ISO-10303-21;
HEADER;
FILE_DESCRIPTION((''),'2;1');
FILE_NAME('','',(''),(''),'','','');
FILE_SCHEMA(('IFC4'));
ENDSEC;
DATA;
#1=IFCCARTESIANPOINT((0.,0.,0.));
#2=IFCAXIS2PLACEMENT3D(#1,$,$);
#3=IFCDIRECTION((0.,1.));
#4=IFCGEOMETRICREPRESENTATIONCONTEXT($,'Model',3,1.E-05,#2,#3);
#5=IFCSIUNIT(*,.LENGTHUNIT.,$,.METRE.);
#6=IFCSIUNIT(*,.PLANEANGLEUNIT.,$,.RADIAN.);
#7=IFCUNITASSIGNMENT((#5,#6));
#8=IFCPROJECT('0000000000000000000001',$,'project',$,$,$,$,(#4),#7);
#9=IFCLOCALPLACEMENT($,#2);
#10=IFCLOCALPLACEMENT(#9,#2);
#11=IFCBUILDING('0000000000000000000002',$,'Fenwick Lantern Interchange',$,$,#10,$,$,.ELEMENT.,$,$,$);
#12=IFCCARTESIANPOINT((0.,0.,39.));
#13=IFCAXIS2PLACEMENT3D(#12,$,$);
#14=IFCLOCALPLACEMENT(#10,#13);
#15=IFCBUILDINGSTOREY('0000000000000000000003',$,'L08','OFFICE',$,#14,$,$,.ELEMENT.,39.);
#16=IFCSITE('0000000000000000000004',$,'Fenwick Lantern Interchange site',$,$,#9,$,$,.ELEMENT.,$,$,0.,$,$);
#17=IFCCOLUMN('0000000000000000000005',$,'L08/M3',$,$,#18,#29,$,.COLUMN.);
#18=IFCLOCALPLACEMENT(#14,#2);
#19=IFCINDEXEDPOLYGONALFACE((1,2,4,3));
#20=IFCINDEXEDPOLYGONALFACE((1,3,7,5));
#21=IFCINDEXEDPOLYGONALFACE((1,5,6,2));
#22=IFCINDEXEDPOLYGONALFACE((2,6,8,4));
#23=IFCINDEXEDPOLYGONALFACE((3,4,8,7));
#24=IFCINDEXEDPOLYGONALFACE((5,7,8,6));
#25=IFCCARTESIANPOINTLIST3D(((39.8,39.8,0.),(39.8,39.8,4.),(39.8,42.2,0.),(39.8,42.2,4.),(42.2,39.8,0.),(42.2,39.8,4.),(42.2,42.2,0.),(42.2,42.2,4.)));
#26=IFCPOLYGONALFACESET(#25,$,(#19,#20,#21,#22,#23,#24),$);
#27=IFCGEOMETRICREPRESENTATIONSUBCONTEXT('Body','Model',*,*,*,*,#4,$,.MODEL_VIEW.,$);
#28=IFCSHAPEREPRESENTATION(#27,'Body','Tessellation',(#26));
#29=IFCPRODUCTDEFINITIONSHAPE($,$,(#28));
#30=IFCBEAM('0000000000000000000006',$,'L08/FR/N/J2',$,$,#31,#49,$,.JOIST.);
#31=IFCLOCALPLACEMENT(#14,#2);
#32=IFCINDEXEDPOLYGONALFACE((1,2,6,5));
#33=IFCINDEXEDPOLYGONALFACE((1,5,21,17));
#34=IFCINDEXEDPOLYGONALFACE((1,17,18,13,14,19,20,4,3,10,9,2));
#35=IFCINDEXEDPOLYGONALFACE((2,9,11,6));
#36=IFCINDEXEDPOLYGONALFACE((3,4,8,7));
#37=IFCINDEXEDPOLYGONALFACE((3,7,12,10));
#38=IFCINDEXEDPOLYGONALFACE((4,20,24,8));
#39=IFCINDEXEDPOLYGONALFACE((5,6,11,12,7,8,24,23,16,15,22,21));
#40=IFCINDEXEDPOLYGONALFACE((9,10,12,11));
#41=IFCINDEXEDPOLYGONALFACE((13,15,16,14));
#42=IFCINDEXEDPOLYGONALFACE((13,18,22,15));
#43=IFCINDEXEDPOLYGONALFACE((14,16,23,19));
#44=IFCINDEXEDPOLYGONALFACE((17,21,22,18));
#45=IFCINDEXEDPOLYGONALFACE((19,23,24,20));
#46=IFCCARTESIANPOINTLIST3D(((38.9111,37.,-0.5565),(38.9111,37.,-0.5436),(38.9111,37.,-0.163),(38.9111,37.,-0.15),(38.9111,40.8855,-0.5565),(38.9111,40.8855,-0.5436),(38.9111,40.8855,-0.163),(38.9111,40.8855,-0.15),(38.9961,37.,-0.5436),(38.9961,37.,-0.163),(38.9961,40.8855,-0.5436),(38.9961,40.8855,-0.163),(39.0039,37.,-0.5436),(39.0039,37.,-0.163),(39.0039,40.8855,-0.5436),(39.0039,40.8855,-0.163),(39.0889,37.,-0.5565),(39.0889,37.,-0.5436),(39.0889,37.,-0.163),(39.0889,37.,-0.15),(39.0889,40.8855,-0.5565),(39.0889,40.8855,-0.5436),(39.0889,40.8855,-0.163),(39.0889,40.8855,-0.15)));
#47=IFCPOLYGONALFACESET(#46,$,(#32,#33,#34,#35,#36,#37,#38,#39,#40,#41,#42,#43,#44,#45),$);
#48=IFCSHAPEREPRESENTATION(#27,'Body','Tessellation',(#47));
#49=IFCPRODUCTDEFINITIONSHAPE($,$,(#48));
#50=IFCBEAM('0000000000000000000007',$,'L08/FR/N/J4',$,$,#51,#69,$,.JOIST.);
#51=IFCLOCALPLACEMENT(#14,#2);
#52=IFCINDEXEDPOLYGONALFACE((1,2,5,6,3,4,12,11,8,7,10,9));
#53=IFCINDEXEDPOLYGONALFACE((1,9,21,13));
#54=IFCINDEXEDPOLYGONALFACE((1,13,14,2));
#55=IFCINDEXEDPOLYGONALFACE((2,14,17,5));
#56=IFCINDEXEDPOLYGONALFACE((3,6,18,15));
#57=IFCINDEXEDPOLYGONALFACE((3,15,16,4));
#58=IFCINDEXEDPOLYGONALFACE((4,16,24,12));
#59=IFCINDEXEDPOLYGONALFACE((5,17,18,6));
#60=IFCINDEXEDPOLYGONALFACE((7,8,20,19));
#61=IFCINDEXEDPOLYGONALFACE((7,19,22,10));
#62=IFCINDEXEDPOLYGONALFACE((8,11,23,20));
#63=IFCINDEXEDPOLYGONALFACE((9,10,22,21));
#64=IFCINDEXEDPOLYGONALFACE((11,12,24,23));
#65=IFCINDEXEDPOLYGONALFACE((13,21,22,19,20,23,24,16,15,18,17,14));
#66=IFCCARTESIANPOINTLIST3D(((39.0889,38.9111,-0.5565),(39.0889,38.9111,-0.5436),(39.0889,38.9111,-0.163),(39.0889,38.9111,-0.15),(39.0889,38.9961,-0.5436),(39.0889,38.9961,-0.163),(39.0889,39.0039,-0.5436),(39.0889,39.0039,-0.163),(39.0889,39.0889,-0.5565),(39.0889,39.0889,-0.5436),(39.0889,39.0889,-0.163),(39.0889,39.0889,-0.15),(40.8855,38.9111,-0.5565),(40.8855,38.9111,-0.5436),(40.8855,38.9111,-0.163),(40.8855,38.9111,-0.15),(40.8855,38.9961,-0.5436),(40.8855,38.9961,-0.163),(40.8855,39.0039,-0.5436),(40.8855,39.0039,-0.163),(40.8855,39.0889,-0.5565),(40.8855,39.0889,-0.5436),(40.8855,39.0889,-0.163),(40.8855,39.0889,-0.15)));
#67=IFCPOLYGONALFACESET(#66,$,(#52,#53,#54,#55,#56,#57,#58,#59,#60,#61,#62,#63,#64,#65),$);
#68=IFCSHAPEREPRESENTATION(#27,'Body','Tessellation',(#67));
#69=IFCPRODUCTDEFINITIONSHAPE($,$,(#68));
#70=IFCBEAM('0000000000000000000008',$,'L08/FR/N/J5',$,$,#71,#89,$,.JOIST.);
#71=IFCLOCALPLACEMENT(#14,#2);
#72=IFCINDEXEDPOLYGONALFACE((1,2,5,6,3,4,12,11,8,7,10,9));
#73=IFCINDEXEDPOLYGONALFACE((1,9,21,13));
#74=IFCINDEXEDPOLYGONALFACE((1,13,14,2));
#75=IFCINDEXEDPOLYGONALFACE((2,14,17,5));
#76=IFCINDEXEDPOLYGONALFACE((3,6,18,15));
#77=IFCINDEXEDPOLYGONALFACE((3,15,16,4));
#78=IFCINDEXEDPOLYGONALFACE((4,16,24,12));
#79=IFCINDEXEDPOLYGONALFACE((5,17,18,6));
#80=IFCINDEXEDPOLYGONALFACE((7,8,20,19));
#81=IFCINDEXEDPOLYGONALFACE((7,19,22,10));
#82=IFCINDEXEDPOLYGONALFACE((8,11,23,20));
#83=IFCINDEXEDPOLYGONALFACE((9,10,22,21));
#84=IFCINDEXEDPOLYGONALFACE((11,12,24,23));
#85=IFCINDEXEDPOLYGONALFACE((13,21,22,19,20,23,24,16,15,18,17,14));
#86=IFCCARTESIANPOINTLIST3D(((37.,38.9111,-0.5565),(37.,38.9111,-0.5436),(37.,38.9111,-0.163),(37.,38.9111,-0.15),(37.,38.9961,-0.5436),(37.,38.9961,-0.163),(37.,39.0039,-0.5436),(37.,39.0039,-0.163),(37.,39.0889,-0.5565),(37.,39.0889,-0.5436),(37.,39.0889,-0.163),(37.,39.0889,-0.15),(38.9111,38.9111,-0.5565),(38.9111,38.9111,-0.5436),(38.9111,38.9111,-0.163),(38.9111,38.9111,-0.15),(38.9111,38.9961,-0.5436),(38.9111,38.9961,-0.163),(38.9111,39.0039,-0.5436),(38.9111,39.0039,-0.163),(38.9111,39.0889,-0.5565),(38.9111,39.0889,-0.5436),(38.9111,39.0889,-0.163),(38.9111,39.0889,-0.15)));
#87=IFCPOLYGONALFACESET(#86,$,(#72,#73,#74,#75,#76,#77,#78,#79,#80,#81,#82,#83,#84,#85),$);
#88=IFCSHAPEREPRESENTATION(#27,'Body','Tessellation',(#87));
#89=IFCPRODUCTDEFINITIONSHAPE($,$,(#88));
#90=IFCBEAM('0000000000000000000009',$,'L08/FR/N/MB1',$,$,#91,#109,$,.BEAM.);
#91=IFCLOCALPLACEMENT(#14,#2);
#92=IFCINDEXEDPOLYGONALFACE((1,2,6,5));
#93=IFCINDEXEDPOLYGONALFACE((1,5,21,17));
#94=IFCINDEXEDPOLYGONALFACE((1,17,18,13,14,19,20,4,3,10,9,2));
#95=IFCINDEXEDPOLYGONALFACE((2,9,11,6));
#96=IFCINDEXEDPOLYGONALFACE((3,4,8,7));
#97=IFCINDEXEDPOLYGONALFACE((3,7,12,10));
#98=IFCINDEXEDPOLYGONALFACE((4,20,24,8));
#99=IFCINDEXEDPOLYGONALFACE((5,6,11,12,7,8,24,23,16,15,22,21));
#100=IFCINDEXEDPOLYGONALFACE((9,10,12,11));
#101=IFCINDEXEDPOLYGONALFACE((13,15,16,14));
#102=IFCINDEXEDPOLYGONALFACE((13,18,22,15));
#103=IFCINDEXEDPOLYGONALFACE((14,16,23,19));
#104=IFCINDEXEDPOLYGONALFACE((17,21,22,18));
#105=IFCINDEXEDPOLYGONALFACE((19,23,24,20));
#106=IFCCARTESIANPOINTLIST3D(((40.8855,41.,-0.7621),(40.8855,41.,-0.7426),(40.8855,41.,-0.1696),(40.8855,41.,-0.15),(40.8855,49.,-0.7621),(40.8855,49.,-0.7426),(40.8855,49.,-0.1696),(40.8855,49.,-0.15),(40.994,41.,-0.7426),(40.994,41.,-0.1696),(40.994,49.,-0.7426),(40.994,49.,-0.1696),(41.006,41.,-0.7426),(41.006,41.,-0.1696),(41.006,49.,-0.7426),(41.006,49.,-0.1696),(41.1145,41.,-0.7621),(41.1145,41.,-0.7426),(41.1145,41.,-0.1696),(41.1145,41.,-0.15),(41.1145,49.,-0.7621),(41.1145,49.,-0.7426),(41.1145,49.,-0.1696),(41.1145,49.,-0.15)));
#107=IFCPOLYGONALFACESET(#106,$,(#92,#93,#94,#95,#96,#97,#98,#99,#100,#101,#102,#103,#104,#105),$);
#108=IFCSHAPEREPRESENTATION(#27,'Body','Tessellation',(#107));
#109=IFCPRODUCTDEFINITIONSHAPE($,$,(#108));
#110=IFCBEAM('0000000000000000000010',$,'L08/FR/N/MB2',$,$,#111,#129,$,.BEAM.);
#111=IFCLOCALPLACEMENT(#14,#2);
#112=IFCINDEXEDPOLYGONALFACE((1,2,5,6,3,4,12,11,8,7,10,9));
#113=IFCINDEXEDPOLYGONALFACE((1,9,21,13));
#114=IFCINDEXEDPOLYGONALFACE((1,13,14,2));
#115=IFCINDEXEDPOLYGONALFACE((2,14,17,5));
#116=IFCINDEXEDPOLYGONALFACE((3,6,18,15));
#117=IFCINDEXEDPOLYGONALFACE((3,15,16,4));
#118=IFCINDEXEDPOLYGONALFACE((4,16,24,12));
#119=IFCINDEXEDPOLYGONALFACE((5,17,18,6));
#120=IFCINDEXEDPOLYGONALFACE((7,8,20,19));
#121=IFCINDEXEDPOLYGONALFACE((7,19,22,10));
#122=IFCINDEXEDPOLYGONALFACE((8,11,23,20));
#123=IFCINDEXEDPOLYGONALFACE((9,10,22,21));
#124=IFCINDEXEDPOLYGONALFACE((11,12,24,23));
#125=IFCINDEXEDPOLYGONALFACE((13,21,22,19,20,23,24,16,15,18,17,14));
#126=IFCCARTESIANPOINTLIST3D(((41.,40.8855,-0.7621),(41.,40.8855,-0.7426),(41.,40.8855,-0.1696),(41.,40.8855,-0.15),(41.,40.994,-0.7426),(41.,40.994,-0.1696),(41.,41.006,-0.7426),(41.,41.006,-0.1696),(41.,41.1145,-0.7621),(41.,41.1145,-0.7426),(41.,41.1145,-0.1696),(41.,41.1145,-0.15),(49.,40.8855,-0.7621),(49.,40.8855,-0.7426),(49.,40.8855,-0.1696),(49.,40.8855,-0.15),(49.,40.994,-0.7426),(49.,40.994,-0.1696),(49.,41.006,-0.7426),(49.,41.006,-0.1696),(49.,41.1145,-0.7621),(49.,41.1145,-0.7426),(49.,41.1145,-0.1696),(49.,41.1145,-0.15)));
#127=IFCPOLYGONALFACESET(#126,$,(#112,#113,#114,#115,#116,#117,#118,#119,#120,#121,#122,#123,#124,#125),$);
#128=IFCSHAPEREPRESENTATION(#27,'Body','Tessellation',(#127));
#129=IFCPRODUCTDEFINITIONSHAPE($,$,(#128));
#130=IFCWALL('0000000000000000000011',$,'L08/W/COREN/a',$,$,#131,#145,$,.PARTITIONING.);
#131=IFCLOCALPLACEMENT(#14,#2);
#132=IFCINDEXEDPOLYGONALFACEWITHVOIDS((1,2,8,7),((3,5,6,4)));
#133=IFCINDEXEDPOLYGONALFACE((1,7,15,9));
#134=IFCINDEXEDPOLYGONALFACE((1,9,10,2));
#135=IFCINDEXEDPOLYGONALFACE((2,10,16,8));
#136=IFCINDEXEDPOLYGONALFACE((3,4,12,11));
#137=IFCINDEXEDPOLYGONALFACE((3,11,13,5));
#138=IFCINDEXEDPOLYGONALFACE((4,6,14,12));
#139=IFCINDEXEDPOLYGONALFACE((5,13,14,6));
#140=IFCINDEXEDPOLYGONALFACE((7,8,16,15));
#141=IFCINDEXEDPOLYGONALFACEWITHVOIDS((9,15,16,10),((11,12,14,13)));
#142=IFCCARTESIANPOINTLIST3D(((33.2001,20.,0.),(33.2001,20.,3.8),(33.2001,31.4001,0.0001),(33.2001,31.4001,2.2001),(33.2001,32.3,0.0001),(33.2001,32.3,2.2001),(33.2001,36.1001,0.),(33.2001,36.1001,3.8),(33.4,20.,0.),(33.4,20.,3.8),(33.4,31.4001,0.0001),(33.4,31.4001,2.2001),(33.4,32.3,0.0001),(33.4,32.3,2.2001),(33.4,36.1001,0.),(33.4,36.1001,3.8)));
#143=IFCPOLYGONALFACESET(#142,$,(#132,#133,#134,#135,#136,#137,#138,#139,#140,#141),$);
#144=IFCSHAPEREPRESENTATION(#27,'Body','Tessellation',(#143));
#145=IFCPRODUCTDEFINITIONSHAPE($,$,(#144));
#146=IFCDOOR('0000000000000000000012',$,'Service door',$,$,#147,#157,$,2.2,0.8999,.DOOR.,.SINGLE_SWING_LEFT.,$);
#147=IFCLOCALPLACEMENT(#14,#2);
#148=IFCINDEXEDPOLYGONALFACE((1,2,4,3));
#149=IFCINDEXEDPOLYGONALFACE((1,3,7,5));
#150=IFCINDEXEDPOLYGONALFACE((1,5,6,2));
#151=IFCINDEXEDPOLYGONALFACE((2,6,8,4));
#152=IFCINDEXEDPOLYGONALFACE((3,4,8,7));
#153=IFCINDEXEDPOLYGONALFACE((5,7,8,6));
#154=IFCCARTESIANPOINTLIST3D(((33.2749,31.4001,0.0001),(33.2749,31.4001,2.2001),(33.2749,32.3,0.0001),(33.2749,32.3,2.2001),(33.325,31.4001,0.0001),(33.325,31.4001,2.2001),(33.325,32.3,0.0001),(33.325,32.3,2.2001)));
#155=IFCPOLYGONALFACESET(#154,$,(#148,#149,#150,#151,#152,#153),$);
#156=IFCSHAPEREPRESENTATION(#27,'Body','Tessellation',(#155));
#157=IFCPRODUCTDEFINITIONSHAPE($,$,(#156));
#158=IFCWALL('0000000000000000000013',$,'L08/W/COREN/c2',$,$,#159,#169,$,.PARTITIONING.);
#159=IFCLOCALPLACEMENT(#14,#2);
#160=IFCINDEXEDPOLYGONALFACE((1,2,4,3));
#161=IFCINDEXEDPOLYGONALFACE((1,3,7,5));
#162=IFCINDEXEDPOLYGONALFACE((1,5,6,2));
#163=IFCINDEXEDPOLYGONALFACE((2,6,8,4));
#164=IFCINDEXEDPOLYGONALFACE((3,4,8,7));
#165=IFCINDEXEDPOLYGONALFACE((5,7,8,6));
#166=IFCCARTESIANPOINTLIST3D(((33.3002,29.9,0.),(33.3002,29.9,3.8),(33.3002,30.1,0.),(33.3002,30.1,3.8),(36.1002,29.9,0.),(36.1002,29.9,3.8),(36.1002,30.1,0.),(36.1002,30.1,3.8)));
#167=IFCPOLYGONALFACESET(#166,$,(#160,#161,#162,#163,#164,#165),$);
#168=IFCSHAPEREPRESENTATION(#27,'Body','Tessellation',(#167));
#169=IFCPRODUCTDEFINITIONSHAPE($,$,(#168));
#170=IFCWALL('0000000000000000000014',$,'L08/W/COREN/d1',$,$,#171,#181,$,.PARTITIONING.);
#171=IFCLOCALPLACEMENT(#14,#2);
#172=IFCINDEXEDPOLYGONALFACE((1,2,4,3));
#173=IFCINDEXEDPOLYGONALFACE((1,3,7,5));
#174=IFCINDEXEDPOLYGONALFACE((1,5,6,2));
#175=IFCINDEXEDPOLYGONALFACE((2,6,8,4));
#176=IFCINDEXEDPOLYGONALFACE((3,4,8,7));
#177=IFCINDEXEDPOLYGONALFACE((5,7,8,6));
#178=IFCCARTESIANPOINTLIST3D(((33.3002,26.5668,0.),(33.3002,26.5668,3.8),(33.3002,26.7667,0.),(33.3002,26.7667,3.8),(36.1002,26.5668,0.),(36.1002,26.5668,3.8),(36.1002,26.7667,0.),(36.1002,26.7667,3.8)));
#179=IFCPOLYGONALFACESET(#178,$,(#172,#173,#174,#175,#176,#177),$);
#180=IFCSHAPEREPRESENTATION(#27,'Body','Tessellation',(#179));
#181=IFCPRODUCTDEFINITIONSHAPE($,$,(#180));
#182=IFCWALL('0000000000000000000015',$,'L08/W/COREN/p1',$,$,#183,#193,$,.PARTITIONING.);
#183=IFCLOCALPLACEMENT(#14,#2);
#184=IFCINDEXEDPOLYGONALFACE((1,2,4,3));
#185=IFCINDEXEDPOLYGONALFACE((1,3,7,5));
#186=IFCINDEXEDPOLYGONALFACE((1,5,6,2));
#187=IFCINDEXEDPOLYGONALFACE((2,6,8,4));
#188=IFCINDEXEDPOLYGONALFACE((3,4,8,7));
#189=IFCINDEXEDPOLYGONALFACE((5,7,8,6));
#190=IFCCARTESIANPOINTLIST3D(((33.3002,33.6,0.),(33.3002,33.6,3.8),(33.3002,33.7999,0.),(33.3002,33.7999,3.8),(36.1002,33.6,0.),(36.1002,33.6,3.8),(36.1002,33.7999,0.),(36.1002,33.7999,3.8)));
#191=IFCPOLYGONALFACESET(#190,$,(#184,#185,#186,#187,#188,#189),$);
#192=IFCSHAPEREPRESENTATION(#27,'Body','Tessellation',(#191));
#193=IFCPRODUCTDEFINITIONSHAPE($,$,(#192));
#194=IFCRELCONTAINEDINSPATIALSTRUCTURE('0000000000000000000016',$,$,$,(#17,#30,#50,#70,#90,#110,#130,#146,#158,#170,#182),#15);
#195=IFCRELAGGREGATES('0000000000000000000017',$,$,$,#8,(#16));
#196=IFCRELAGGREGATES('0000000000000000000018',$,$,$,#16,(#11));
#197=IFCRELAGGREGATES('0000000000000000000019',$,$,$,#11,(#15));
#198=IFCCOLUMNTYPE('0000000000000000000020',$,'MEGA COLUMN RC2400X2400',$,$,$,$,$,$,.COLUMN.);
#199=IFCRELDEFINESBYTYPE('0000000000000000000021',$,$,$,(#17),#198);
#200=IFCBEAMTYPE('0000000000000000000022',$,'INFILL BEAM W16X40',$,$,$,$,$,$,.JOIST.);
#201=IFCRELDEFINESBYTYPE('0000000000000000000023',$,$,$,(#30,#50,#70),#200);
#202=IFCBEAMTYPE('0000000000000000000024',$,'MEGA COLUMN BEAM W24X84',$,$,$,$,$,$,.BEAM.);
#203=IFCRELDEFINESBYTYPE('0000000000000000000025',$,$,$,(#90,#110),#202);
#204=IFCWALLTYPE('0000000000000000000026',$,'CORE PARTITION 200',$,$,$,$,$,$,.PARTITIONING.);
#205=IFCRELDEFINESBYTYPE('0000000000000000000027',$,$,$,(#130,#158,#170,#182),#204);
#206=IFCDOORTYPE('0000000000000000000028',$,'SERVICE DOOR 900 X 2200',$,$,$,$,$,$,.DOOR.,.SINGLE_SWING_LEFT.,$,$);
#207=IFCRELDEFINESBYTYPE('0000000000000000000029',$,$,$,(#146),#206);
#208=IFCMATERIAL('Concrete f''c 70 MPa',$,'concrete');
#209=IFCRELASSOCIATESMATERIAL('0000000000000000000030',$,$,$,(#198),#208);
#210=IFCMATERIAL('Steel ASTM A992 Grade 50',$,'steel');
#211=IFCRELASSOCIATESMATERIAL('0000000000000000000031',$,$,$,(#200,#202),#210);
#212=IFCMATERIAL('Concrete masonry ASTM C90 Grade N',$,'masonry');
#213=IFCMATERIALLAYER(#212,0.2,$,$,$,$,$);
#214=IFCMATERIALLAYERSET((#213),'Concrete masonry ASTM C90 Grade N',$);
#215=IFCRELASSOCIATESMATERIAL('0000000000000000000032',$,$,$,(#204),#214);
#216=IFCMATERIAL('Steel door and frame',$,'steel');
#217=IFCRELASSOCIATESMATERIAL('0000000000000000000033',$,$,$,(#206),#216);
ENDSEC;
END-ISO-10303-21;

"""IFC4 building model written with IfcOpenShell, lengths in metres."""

from ifc_helpers import new_model, si_unit, direction, frame, frame_2d, origin, origin_2d, place, context, subcontext, project, spatial, rectangle, i_section, extrude, material, layer, layer_set, material_profile, profile_set, type_object, element, fill, save


model = new_model("IFC4")

# Units and contexts
model_context = context("Model", 3, precision=1e-05, world=origin(), true_north=direction((0.0, 1.0)))
body_context = subcontext(model_context, "Body", "Model", "MODEL_VIEW")
ifc_project = project(units=[si_unit("LENGTHUNIT", "METRE"), si_unit("PLANEANGLEUNIT", "RADIAN")], contexts=[model_context])

# Site, building, storey
site_placement = place(None, origin())
site = spatial("IfcSite", under=ifc_project, at=site_placement, Name="Fenwick Lantern Interchange site", CompositionType="ELEMENT", RefElevation=0.0)
building_placement = place(site_placement, origin())
building = spatial("IfcBuilding", under=site, at=building_placement, Name="Fenwick Lantern Interchange", CompositionType="ELEMENT")
storey_placement = place(building_placement, frame((0.0, 0.0, 39.0)))
storey = spatial("IfcBuildingStorey", under=building, at=storey_placement, Name="L08", Description="OFFICE", CompositionType="ELEMENT", Elevation=39.0)

# Column
ifc_material_1 = material(Name="Concrete f'c 70 MPa", Category="concrete")
ifc_material_profile_1 = material_profile(ifc_material_1, rectangle(XDim=2.3999, YDim=2.3999, at=origin_2d()), Name="RC2400X2400")
ifc_profile_set_1 = profile_set([ifc_material_profile_1], Name="Concrete f'c 70 MPa")
column_type = type_object("IfcColumnType", Name="MEGA COLUMN RC2400X2400", PredefinedType="COLUMN", material=ifc_profile_set_1)
column_placement = place(storey_placement, frame((41.0, 41.0, 0.0), z_axis=(0.0, 0.0, 1.0), x_axis=(1.0, 0.0, 0.0)))
element("IfcColumn", 1, at=column_placement, inside=storey, type_object=column_type, Name="L08/M3", PredefinedType="COLUMN", context=body_context, shape_type="SweptSolid", body=[
    extrude(rectangle(XDim=2.3999, YDim=2.3999, at=origin_2d()), origin(), (0.0, 0.0, 1.0), 4.0),
])

# Beams
ifc_material_2 = material(Name="Steel ASTM A992 Grade 50", Category="steel")
ifc_material_profile_2 = material_profile(ifc_material_2, i_section(OverallWidth=0.1777, OverallDepth=0.4065, WebThickness=0.0078, FlangeThickness=0.0129, at=origin_2d()), Name="W16X40")
ifc_profile_set_2 = profile_set([ifc_material_profile_2], Name="Steel ASTM A992 Grade 50")
beam_type_1 = type_object("IfcBeamType", Name="INFILL BEAM W16X40", PredefinedType="JOIST", material=ifc_profile_set_2)
beam_1_placement = place(storey_placement, frame((39.0, 40.8855, -0.3533), z_axis=(0.0, -1.0, 0.0), x_axis=(1.0, 0.0, 0.0)))
element("IfcBeam", 2, at=beam_1_placement, inside=storey, type_object=beam_type_1, Name="L08/FR/N/J2", PredefinedType="JOIST", context=body_context, shape_type="SweptSolid", body=[
    extrude(i_section(OverallWidth=0.1777, OverallDepth=0.4065, WebThickness=0.0078, FlangeThickness=0.0129, at=origin_2d()), origin(), (0.0, 0.0, 1.0), 3.8855),
])
beam_2_placement = place(storey_placement, frame((40.8855, 39.0, -0.3533), z_axis=(-1.0, 0.0, 0.0), x_axis=(0.0, -1.0, 0.0)))
element("IfcBeam", 3, at=beam_2_placement, inside=storey, type_object=beam_type_1, Name="L08/FR/N/J4", PredefinedType="JOIST", context=body_context, shape_type="SweptSolid", body=[
    extrude(i_section(OverallWidth=0.1777, OverallDepth=0.4065, WebThickness=0.0078, FlangeThickness=0.0129, at=origin_2d()), origin(), (0.0, 0.0, 1.0), 1.7966),
])
beam_3_placement = place(storey_placement, frame((38.9111, 39.0, -0.3533), z_axis=(-1.0, 0.0, 0.0), x_axis=(0.0, -1.0, 0.0)))
element("IfcBeam", 4, at=beam_3_placement, inside=storey, type_object=beam_type_1, Name="L08/FR/N/J5", PredefinedType="JOIST", context=body_context, shape_type="SweptSolid", body=[
    extrude(i_section(OverallWidth=0.1777, OverallDepth=0.4065, WebThickness=0.0078, FlangeThickness=0.0129, at=origin_2d()), origin(), (0.0, 0.0, 1.0), 1.9111),
])
ifc_material_profile_3 = material_profile(ifc_material_2, i_section(OverallWidth=0.229, OverallDepth=0.6121, WebThickness=0.012, FlangeThickness=0.0195, at=origin_2d()), Name="W24X84")
ifc_profile_set_3 = profile_set([ifc_material_profile_3], Name="Steel ASTM A992 Grade 50")
beam_type_2 = type_object("IfcBeamType", Name="MEGA COLUMN BEAM W24X84", PredefinedType="BEAM", material=ifc_profile_set_3)
for number, where, z_axis, x_axis, name in (
    (5, (41.0, 41.0, -0.4561), (0.0, 1.0, 0.0), (-1.0, 0.0, 0.0), "L08/FR/N/MB1"),
    (6, (41.0, 41.0, -0.4561), (1.0, 0.0, 0.0), (0.0, 1.0, 0.0), "L08/FR/N/MB2"),
):
    element("IfcBeam", number, at=place(storey_placement, frame(where, z_axis=z_axis, x_axis=x_axis)), inside=storey, type_object=beam_type_2, Name=name, PredefinedType="BEAM", context=body_context, shape_type="SweptSolid", body=[
        extrude(i_section(OverallWidth=0.229, OverallDepth=0.6121, WebThickness=0.012, FlangeThickness=0.0195, at=origin_2d()), origin(), (0.0, 0.0, 1.0), 8.0),
    ])

# Wall, opening, door
ifc_material_3 = material(Name="Concrete masonry ASTM C90 Grade N", Category="masonry")
ifc_layer_1 = layer(ifc_material_3, 0.2)
ifc_layer_set_1 = layer_set([ifc_layer_1], Name="Concrete masonry ASTM C90 Grade N")
wall_type_1 = type_object("IfcWallType", Name="CORE PARTITION 200", PredefinedType="PARTITIONING", material=ifc_layer_set_1)
wall_1_placement = place(storey_placement, frame((33.3, 36.1001, 0.0), z_axis=(0.0, 0.0, 1.0), x_axis=(0.0, -1.0, 0.0)))
wall_1 = element("IfcWall", 7, at=wall_1_placement, inside=storey, type_object=wall_type_1, Name="L08/W/COREN/a", PredefinedType="PARTITIONING", context=body_context, shape_type="SweptSolid", body=[
    extrude(rectangle(XDim=16.1001, YDim=0.2, at=frame_2d((8.05, 0.0))), origin(), (0.0, 0.0, 1.0), 3.8),
])
opening_1_placement = place(wall_1_placement, frame((3.8, 0.0, 0.0)))
opening_1 = element("IfcOpeningElement", 8, at=opening_1_placement, cuts=wall_1, PredefinedType="OPENING", context=body_context, shape_type="SweptSolid", body=[
    extrude(rectangle(XDim=0.8999, YDim=2.2, at=frame_2d((0.45, 1.1001))), frame((0.0, 0.1099, 0.0), z_axis=(0.0, -1.0, 0.0), x_axis=(1.0, 0.0, 0.0)), (0.0, 0.0, 1.0), 0.22),
])
ifc_material_4 = material(Name="Steel door and frame", Category="steel")
door_type_1 = type_object("IfcDoorType", Name="SERVICE DOOR 900 X 2200", OperationType="SINGLE_SWING_LEFT", PredefinedType="DOOR", material=ifc_material_4)
door_1_placement = place(opening_1_placement, origin())
door_1 = element("IfcDoor", 9, at=door_1_placement, inside=storey, type_object=door_type_1, Name="Service door", OperationType="SINGLE_SWING_LEFT", OverallHeight=2.2, OverallWidth=0.8999, PredefinedType="DOOR", context=body_context, shape_type="SweptSolid", body=[
    extrude(rectangle(XDim=0.8999, YDim=2.2, at=frame_2d((0.45, 1.1001))), frame((0.0, 0.0249, 0.0), z_axis=(0.0, -1.0, 0.0), x_axis=(1.0, 0.0, 0.0)), (0.0, 0.0, 1.0), 0.05),
])
fill(opening_1, door_1)

# Walls
for number, where, z_axis, x_axis, name in (
    (10, (36.1001, 30.0, 0.0), (0.0, 0.0, 1.0), (-1.0, 0.0, 0.0), "L08/W/COREN/c2"),
    (11, (36.1001, 26.6667, 0.0), (0.0, 0.0, 1.0), (-1.0, 0.0, 0.0), "L08/W/COREN/d1"),
    (12, (36.1001, 33.7, 0.0), (0.0, 0.0, 1.0), (-1.0, 0.0, 0.0), "L08/W/COREN/p1"),
):
    element("IfcWall", number, at=place(storey_placement, frame(where, z_axis=z_axis, x_axis=x_axis)), inside=storey, type_object=wall_type_1, Name=name, PredefinedType="PARTITIONING", context=body_context, shape_type="SweptSolid", body=[
        extrude(rectangle(XDim=2.8, YDim=0.2, at=frame_2d((1.3999, 0.0))), origin(), (0.0, 0.0, 1.0), 3.8),
    ])

save(model, "model.ifc")
